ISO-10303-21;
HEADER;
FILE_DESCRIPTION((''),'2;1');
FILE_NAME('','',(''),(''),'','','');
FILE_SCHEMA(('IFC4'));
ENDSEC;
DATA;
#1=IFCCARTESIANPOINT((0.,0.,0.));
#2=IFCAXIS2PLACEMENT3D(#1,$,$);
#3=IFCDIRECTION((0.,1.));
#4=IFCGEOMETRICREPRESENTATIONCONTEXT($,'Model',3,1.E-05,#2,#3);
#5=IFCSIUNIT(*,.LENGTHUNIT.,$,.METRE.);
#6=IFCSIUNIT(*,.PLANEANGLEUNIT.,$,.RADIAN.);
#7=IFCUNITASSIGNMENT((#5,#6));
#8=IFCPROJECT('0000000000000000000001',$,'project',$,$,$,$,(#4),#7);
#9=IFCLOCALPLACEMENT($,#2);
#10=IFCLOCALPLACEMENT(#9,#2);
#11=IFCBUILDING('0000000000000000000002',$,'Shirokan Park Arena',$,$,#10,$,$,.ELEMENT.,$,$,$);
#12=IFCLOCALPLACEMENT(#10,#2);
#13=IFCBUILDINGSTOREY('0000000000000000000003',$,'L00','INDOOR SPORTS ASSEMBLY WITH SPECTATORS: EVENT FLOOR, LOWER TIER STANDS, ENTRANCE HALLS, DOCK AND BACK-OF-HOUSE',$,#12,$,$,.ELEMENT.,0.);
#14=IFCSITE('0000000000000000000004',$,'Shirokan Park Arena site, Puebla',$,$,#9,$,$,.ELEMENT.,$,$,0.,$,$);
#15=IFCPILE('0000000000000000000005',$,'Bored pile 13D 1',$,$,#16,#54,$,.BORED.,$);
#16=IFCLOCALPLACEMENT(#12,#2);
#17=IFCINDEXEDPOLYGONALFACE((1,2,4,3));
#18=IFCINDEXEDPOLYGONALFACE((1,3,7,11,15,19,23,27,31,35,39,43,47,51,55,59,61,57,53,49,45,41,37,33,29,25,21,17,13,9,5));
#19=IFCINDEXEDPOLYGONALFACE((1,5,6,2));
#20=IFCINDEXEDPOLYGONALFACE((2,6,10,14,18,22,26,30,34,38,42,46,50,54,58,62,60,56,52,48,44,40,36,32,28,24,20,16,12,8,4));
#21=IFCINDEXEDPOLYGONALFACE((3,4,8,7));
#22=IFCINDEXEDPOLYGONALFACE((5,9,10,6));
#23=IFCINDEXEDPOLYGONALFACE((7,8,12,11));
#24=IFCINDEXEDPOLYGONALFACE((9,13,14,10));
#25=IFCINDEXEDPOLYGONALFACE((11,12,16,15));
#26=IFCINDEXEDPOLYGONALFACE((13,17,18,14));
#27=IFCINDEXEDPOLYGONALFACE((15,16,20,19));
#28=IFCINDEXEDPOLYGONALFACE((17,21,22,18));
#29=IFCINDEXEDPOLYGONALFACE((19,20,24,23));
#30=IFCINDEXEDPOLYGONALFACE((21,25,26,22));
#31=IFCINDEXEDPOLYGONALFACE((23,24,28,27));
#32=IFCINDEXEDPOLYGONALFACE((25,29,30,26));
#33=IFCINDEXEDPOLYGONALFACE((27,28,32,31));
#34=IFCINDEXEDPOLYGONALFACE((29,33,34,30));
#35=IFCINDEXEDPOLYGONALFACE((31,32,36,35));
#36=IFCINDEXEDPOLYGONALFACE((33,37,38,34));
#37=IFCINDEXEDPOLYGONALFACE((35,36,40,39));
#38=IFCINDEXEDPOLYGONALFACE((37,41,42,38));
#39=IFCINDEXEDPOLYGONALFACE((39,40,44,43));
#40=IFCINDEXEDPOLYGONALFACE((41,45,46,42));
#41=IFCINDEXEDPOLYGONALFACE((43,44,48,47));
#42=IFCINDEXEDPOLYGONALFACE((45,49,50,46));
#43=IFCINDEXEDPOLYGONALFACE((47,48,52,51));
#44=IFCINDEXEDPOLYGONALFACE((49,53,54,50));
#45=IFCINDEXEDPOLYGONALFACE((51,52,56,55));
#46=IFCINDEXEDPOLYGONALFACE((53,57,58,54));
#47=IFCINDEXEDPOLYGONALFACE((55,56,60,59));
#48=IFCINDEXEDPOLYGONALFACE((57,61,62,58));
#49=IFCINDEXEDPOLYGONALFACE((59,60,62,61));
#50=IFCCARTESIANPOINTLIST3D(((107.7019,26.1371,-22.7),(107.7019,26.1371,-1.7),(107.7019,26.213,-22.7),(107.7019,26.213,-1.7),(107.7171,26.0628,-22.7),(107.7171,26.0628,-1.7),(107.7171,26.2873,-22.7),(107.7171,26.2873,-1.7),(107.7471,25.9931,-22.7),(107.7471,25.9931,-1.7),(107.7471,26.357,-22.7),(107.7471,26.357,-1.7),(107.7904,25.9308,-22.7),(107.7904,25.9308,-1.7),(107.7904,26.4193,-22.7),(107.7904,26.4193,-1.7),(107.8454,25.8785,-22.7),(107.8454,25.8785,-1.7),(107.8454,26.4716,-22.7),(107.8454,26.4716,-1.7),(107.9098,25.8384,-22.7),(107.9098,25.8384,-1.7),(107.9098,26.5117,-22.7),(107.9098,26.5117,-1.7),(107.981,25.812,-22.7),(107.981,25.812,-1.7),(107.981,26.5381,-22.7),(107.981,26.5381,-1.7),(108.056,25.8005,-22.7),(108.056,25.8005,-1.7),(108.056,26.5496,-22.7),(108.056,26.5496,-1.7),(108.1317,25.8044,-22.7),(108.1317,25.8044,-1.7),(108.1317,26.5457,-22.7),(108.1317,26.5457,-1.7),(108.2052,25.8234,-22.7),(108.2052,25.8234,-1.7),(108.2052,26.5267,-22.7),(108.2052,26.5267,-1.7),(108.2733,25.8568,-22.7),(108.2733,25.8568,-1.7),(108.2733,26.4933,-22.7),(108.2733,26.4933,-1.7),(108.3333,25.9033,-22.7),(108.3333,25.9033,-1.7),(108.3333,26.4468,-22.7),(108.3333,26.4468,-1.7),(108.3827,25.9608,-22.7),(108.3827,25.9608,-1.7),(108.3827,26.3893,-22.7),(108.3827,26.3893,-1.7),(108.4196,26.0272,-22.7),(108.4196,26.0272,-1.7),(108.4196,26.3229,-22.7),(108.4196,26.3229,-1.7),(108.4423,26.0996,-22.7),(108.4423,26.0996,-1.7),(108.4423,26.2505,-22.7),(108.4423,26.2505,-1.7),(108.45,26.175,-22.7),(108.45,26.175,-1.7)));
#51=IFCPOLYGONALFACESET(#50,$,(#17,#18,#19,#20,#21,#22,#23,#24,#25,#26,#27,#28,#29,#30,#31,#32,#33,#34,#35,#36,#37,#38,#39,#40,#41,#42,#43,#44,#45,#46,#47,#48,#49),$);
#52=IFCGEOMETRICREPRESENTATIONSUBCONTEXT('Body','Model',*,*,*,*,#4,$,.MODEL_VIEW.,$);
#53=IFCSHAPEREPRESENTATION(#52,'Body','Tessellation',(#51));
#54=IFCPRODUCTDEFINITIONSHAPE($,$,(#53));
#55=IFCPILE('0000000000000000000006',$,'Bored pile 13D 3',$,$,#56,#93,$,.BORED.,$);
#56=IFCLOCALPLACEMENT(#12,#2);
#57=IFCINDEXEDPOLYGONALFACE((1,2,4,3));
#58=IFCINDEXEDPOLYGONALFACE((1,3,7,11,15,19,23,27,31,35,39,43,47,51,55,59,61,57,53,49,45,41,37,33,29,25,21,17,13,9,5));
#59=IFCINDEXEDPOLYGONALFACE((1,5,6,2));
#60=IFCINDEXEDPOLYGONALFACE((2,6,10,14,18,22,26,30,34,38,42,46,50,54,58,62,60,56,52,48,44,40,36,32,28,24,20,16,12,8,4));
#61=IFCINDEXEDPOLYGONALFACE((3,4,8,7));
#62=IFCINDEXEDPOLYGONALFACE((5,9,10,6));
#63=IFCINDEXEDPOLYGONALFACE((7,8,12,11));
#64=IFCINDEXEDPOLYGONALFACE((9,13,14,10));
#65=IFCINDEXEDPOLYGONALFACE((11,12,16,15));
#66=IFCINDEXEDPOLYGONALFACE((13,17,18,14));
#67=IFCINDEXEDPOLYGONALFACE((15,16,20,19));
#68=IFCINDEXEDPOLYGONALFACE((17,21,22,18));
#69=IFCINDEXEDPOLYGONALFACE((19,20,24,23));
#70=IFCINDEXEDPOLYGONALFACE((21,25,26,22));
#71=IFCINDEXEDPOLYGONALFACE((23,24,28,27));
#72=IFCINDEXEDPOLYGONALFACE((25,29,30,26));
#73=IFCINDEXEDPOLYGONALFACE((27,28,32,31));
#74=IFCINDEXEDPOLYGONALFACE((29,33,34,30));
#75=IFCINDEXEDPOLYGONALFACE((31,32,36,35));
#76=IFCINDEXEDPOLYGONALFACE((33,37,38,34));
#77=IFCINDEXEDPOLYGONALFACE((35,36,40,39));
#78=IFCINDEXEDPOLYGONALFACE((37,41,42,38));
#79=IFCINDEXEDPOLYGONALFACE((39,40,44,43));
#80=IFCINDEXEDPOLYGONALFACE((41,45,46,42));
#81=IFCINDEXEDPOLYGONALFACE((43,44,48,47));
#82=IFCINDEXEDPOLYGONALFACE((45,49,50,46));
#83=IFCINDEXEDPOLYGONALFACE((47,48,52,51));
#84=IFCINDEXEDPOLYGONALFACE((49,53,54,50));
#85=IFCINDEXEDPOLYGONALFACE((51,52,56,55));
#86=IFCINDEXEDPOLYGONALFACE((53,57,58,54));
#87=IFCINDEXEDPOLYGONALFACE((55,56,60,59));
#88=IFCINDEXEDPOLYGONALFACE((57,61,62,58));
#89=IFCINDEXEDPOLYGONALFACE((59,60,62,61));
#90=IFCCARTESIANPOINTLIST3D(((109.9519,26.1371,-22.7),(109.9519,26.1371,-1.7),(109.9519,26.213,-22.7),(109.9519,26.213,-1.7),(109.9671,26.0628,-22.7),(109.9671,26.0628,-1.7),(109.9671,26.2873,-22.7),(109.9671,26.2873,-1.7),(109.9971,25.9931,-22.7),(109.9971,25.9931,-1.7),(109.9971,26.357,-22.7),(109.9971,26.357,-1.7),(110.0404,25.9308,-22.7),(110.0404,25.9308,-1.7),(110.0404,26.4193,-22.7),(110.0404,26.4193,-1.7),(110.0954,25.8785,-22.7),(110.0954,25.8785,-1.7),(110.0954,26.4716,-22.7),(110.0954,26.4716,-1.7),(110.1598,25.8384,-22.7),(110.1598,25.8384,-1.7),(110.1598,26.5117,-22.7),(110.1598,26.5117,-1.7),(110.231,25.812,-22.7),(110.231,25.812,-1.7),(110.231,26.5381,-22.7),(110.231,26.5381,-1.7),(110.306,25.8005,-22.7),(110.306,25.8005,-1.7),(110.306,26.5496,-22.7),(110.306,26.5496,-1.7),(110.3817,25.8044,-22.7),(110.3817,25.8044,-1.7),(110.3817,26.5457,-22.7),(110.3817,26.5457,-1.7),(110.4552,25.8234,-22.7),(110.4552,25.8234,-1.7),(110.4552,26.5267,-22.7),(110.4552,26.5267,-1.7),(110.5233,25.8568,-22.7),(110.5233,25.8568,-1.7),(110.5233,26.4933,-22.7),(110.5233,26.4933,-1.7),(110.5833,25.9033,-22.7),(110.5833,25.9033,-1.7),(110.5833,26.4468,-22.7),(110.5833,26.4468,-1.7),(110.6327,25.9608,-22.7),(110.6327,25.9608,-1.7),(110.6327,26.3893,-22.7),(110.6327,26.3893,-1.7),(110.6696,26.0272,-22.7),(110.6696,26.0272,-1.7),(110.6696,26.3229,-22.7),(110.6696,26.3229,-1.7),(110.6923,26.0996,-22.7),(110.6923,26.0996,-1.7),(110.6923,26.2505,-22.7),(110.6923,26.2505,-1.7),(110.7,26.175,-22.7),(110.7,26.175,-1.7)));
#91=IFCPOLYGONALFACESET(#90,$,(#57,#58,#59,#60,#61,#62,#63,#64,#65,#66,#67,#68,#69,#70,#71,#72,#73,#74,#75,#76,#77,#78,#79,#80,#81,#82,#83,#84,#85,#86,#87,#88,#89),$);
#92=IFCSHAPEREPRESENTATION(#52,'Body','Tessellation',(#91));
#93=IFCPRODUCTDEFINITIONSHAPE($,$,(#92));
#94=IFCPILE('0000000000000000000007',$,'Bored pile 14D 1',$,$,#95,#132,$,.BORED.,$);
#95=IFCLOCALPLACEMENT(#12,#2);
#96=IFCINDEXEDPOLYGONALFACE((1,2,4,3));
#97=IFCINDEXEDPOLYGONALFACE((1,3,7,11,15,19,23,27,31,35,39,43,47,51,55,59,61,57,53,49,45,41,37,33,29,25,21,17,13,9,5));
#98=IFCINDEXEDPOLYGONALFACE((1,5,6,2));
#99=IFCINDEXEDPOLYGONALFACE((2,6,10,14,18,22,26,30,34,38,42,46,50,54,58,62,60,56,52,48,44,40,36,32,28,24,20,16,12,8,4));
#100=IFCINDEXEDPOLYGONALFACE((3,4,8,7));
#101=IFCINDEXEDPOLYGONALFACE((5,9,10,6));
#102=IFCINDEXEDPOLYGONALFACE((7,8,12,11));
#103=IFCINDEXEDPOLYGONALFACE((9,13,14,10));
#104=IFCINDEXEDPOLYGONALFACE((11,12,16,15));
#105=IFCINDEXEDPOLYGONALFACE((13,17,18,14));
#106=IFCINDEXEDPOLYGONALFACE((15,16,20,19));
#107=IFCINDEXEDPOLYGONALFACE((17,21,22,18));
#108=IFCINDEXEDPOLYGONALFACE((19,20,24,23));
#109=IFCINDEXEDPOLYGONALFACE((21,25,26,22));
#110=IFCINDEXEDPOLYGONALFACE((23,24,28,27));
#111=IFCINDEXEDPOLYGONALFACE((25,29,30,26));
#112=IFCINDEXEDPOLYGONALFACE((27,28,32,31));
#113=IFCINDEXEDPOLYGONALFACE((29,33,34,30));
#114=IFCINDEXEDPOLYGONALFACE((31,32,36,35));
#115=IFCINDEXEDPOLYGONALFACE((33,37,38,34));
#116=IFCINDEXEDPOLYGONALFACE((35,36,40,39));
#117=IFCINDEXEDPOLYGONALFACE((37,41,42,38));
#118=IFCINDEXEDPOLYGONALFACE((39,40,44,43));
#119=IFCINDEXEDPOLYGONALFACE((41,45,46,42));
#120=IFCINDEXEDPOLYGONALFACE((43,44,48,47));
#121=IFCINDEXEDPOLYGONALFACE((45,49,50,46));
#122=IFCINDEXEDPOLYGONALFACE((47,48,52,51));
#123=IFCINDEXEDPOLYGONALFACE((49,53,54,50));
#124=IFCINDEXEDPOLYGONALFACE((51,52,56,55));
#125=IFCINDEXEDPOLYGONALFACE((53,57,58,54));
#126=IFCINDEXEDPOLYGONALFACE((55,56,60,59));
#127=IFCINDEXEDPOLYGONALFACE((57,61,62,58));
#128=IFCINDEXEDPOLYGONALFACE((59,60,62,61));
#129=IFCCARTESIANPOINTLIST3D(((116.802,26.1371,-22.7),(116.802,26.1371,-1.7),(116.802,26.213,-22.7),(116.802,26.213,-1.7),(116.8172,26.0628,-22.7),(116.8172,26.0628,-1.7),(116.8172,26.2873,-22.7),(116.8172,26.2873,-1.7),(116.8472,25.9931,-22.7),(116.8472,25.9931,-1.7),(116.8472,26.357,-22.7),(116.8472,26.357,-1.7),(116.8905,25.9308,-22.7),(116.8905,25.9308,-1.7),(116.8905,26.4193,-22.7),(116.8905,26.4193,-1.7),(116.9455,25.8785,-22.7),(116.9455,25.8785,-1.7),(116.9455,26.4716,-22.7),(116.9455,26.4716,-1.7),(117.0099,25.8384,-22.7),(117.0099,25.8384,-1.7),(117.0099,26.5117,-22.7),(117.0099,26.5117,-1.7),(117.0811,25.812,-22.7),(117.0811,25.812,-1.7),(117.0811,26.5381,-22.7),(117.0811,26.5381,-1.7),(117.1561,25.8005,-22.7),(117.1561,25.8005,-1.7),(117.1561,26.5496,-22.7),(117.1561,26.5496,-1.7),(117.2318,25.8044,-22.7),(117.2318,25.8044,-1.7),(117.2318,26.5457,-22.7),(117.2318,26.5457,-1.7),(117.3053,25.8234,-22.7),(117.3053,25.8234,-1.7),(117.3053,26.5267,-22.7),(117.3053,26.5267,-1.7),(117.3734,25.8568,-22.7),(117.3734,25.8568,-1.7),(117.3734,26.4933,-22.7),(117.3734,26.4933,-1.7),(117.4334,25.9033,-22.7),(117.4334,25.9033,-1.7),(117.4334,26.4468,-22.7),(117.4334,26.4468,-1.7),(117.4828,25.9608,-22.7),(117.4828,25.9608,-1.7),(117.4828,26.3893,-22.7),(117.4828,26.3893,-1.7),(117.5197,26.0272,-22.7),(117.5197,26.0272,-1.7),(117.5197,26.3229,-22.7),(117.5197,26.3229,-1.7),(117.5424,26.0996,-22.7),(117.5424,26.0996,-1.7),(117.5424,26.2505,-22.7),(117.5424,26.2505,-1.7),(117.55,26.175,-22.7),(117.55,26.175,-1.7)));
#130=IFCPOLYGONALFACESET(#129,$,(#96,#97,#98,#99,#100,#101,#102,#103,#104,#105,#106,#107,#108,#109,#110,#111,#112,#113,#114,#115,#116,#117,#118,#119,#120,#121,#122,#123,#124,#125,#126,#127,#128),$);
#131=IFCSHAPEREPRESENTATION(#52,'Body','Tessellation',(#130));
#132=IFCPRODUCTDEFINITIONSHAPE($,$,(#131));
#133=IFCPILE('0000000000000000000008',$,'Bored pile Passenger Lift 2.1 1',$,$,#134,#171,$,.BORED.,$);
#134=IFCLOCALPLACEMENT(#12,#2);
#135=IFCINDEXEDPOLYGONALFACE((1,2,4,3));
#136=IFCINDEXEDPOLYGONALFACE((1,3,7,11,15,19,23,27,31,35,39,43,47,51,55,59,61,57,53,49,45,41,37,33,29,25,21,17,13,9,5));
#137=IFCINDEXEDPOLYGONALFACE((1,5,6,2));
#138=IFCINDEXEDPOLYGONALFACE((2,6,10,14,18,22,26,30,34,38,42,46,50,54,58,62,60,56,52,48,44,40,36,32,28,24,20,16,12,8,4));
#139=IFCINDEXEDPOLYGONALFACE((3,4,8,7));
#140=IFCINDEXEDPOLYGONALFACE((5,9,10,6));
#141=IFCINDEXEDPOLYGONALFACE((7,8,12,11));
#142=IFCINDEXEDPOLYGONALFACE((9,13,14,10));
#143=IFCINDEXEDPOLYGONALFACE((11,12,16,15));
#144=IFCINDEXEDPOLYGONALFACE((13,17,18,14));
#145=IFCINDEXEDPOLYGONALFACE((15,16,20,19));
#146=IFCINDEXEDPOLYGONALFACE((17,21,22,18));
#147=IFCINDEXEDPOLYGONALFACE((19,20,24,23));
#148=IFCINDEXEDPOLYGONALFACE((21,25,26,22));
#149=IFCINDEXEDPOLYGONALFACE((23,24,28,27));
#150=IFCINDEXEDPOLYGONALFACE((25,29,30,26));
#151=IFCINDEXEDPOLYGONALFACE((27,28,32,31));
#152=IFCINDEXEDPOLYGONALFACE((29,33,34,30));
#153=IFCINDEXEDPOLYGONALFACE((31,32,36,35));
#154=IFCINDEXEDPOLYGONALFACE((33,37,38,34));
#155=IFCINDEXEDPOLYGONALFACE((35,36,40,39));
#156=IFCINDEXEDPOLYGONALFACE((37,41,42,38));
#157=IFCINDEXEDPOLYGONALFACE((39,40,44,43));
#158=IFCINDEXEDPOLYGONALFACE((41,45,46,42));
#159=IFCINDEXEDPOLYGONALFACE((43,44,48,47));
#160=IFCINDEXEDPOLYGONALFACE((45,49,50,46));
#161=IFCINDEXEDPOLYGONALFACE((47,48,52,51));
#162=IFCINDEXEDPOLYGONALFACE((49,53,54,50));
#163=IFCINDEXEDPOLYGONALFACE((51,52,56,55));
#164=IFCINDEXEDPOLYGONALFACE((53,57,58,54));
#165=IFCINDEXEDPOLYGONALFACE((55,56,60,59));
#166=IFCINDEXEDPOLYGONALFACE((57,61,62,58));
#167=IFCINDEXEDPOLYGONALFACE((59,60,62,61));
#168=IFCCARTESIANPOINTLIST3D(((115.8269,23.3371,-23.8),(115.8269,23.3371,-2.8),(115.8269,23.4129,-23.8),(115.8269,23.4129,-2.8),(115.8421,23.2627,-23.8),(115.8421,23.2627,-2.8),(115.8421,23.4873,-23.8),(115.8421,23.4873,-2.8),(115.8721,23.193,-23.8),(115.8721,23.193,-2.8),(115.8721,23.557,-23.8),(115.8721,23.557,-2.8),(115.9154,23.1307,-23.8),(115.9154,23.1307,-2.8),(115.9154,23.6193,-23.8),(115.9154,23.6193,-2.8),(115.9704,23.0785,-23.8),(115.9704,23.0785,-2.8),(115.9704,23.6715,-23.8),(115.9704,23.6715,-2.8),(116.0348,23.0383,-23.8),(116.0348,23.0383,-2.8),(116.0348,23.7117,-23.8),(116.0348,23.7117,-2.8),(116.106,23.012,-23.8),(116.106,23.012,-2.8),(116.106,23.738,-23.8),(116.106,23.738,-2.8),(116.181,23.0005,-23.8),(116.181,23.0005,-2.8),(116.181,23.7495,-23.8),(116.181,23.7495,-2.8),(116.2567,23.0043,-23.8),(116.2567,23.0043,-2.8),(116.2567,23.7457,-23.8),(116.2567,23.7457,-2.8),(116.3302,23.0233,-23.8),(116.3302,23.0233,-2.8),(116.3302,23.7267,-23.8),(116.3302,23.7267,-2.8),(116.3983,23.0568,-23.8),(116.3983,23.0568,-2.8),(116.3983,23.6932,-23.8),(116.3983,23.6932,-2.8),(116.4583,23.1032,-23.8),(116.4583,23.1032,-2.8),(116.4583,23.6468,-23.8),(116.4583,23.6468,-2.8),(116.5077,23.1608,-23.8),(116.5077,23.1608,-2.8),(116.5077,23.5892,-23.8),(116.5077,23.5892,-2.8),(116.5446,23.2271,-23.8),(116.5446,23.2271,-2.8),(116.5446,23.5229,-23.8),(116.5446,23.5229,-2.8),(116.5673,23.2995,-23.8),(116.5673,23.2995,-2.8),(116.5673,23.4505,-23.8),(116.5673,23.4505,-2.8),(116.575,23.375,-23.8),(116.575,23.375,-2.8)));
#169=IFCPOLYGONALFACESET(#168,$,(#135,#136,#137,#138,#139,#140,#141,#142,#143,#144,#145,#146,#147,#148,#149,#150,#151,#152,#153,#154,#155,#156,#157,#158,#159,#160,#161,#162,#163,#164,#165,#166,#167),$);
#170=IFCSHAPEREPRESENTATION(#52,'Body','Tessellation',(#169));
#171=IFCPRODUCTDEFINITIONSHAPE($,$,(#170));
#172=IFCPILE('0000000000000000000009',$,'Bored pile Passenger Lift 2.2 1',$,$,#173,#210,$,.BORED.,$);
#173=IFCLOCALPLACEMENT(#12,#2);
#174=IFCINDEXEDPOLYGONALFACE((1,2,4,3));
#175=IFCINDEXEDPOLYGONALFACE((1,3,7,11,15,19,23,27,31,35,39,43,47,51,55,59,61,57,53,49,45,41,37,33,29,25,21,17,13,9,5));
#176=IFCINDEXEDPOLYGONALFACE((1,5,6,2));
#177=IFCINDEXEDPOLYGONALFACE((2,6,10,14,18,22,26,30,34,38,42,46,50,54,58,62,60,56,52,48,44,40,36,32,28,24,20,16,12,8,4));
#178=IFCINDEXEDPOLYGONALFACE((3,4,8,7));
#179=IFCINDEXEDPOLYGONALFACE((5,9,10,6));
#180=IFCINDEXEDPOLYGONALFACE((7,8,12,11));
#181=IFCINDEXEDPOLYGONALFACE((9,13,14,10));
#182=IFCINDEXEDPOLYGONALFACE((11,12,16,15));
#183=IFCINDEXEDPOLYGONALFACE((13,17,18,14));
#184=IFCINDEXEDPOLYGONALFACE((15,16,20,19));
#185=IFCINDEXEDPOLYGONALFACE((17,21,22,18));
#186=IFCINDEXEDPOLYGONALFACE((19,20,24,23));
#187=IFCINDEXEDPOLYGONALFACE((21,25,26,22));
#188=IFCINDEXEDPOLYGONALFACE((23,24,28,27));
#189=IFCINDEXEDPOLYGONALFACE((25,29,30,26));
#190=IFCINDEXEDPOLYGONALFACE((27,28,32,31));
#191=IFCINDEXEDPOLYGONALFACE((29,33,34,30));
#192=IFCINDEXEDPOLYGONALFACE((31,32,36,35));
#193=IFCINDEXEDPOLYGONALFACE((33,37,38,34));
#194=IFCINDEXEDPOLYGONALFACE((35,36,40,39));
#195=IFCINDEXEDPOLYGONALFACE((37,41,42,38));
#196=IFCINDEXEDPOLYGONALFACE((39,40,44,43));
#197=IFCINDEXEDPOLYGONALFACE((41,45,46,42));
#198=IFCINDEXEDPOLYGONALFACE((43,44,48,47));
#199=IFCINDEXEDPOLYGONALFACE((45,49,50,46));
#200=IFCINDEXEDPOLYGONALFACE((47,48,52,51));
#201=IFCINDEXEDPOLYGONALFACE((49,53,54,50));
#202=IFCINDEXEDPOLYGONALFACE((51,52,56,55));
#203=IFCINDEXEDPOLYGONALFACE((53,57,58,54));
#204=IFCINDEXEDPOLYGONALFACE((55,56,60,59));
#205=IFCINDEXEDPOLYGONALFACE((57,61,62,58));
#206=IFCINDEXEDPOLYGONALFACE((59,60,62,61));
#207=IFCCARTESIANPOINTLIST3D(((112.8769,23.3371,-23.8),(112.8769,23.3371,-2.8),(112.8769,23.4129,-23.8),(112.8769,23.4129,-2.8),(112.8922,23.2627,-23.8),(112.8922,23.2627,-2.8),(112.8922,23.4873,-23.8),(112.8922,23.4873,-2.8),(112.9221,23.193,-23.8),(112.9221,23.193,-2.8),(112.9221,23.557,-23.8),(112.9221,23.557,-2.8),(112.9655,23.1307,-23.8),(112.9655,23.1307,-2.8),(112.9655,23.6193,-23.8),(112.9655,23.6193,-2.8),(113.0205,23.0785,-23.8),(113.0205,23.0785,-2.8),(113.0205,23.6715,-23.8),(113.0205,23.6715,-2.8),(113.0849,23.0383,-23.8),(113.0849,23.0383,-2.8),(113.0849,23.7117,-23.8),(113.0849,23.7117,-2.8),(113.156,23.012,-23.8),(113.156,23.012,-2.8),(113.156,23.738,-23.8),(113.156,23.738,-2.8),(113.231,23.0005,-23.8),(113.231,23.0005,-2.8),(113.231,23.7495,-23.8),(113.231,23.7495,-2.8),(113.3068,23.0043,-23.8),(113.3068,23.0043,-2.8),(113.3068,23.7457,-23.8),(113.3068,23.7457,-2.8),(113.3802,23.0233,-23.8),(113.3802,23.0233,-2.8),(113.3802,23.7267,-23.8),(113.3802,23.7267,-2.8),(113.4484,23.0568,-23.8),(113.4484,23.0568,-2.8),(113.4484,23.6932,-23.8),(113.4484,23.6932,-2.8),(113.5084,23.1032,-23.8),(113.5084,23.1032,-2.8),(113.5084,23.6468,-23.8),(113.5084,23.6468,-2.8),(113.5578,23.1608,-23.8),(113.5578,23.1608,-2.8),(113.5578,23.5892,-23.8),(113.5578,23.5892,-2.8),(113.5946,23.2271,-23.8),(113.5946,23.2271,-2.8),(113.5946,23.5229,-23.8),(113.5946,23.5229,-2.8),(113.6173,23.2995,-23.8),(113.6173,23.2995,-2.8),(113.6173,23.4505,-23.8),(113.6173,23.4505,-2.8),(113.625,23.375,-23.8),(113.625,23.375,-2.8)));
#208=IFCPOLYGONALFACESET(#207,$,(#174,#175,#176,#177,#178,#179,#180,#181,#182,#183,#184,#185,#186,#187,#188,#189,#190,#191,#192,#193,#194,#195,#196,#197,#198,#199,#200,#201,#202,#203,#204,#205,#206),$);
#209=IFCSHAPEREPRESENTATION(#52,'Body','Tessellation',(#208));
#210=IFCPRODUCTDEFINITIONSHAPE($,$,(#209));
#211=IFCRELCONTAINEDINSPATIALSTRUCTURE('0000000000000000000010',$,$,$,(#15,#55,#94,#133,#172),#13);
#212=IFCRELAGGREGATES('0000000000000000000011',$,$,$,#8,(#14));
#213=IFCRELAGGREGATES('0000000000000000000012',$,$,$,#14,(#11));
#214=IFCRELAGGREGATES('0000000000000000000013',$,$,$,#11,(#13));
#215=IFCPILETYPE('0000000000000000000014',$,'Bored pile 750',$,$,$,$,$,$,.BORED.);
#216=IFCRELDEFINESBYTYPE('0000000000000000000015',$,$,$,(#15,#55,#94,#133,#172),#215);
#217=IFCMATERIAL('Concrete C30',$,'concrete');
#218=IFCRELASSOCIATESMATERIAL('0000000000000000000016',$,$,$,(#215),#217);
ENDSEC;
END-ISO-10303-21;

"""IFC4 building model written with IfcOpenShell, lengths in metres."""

from ifc_helpers import new_model, si_unit, direction, frame, origin, origin_2d, place, context, subcontext, project, spatial, circle, extrude, material, material_profile, profile_set, type_object, element, save


model = new_model("IFC4")

# Units and contexts
model_context = context("Model", 3, precision=1e-05, world=origin(), true_north=direction((0.0, 1.0)))
body_context = subcontext(model_context, "Body", "Model", "MODEL_VIEW")
ifc_project = project(units=[si_unit("LENGTHUNIT", "METRE"), si_unit("PLANEANGLEUNIT", "RADIAN")], contexts=[model_context])

# Site, building, storey
site_placement = place(None, origin())
site = spatial("IfcSite", under=ifc_project, at=site_placement, Name="Shirokan Park Arena site, Puebla", CompositionType="ELEMENT", RefElevation=0.0)
building_placement = place(site_placement, origin())
building = spatial("IfcBuilding", under=site, at=building_placement, Name="Shirokan Park Arena", CompositionType="ELEMENT")
storey_placement = place(building_placement, origin())
storey = spatial("IfcBuildingStorey", under=building, at=storey_placement, Name="L00", Description="INDOOR SPORTS ASSEMBLY WITH SPECTATORS: EVENT FLOOR, LOWER TIER STANDS, ENTRANCE HALLS, DOCK AND BACK-OF-HOUSE", CompositionType="ELEMENT", Elevation=0.0)

# Piles
ifc_material_1 = material(Name="Concrete C30", Category="concrete")
ifc_material_profile = material_profile(ifc_material_1, circle(Radius=0.375, at=origin_2d()), Name="D750")
ifc_profile_set = profile_set([ifc_material_profile], Name="Concrete C30")
pile_type = type_object("IfcPileType", Name="Bored pile 750", PredefinedType="BORED", material=ifc_profile_set)
for number, where, z_axis, x_axis, name in (
    (1, (108.075, 26.175, -1.7), (0.0, 0.0, -1.0), (1.0, 0.0, 0.0), "Bored pile 13D 1"),
    (2, (110.325, 26.175, -1.7), (0.0, 0.0, -1.0), (1.0, 0.0, 0.0), "Bored pile 13D 3"),
    (3, (117.175, 26.175, -1.7), (0.0, 0.0, -1.0), (1.0, 0.0, 0.0), "Bored pile 14D 1"),
    (4, (116.2, 23.375, -2.8), (0.0, 0.0, -1.0), (1.0, 0.0, 0.0), "Bored pile Passenger Lift 2.1 1"),
    (5, (113.25, 23.375, -2.8), (0.0, 0.0, -1.0), (1.0, 0.0, 0.0), "Bored pile Passenger Lift 2.2 1"),
):
    element("IfcPile", number, at=place(storey_placement, frame(where, z_axis=z_axis, x_axis=x_axis)), inside=storey, type_object=pile_type, Name=name, PredefinedType="BORED", context=body_context, shape_type="SweptSolid", body=[
        extrude(circle(Radius=0.375, at=origin_2d()), origin(), (0.0, 0.0, 1.0), 21.0),
    ])

save(model, "model.ifc")
